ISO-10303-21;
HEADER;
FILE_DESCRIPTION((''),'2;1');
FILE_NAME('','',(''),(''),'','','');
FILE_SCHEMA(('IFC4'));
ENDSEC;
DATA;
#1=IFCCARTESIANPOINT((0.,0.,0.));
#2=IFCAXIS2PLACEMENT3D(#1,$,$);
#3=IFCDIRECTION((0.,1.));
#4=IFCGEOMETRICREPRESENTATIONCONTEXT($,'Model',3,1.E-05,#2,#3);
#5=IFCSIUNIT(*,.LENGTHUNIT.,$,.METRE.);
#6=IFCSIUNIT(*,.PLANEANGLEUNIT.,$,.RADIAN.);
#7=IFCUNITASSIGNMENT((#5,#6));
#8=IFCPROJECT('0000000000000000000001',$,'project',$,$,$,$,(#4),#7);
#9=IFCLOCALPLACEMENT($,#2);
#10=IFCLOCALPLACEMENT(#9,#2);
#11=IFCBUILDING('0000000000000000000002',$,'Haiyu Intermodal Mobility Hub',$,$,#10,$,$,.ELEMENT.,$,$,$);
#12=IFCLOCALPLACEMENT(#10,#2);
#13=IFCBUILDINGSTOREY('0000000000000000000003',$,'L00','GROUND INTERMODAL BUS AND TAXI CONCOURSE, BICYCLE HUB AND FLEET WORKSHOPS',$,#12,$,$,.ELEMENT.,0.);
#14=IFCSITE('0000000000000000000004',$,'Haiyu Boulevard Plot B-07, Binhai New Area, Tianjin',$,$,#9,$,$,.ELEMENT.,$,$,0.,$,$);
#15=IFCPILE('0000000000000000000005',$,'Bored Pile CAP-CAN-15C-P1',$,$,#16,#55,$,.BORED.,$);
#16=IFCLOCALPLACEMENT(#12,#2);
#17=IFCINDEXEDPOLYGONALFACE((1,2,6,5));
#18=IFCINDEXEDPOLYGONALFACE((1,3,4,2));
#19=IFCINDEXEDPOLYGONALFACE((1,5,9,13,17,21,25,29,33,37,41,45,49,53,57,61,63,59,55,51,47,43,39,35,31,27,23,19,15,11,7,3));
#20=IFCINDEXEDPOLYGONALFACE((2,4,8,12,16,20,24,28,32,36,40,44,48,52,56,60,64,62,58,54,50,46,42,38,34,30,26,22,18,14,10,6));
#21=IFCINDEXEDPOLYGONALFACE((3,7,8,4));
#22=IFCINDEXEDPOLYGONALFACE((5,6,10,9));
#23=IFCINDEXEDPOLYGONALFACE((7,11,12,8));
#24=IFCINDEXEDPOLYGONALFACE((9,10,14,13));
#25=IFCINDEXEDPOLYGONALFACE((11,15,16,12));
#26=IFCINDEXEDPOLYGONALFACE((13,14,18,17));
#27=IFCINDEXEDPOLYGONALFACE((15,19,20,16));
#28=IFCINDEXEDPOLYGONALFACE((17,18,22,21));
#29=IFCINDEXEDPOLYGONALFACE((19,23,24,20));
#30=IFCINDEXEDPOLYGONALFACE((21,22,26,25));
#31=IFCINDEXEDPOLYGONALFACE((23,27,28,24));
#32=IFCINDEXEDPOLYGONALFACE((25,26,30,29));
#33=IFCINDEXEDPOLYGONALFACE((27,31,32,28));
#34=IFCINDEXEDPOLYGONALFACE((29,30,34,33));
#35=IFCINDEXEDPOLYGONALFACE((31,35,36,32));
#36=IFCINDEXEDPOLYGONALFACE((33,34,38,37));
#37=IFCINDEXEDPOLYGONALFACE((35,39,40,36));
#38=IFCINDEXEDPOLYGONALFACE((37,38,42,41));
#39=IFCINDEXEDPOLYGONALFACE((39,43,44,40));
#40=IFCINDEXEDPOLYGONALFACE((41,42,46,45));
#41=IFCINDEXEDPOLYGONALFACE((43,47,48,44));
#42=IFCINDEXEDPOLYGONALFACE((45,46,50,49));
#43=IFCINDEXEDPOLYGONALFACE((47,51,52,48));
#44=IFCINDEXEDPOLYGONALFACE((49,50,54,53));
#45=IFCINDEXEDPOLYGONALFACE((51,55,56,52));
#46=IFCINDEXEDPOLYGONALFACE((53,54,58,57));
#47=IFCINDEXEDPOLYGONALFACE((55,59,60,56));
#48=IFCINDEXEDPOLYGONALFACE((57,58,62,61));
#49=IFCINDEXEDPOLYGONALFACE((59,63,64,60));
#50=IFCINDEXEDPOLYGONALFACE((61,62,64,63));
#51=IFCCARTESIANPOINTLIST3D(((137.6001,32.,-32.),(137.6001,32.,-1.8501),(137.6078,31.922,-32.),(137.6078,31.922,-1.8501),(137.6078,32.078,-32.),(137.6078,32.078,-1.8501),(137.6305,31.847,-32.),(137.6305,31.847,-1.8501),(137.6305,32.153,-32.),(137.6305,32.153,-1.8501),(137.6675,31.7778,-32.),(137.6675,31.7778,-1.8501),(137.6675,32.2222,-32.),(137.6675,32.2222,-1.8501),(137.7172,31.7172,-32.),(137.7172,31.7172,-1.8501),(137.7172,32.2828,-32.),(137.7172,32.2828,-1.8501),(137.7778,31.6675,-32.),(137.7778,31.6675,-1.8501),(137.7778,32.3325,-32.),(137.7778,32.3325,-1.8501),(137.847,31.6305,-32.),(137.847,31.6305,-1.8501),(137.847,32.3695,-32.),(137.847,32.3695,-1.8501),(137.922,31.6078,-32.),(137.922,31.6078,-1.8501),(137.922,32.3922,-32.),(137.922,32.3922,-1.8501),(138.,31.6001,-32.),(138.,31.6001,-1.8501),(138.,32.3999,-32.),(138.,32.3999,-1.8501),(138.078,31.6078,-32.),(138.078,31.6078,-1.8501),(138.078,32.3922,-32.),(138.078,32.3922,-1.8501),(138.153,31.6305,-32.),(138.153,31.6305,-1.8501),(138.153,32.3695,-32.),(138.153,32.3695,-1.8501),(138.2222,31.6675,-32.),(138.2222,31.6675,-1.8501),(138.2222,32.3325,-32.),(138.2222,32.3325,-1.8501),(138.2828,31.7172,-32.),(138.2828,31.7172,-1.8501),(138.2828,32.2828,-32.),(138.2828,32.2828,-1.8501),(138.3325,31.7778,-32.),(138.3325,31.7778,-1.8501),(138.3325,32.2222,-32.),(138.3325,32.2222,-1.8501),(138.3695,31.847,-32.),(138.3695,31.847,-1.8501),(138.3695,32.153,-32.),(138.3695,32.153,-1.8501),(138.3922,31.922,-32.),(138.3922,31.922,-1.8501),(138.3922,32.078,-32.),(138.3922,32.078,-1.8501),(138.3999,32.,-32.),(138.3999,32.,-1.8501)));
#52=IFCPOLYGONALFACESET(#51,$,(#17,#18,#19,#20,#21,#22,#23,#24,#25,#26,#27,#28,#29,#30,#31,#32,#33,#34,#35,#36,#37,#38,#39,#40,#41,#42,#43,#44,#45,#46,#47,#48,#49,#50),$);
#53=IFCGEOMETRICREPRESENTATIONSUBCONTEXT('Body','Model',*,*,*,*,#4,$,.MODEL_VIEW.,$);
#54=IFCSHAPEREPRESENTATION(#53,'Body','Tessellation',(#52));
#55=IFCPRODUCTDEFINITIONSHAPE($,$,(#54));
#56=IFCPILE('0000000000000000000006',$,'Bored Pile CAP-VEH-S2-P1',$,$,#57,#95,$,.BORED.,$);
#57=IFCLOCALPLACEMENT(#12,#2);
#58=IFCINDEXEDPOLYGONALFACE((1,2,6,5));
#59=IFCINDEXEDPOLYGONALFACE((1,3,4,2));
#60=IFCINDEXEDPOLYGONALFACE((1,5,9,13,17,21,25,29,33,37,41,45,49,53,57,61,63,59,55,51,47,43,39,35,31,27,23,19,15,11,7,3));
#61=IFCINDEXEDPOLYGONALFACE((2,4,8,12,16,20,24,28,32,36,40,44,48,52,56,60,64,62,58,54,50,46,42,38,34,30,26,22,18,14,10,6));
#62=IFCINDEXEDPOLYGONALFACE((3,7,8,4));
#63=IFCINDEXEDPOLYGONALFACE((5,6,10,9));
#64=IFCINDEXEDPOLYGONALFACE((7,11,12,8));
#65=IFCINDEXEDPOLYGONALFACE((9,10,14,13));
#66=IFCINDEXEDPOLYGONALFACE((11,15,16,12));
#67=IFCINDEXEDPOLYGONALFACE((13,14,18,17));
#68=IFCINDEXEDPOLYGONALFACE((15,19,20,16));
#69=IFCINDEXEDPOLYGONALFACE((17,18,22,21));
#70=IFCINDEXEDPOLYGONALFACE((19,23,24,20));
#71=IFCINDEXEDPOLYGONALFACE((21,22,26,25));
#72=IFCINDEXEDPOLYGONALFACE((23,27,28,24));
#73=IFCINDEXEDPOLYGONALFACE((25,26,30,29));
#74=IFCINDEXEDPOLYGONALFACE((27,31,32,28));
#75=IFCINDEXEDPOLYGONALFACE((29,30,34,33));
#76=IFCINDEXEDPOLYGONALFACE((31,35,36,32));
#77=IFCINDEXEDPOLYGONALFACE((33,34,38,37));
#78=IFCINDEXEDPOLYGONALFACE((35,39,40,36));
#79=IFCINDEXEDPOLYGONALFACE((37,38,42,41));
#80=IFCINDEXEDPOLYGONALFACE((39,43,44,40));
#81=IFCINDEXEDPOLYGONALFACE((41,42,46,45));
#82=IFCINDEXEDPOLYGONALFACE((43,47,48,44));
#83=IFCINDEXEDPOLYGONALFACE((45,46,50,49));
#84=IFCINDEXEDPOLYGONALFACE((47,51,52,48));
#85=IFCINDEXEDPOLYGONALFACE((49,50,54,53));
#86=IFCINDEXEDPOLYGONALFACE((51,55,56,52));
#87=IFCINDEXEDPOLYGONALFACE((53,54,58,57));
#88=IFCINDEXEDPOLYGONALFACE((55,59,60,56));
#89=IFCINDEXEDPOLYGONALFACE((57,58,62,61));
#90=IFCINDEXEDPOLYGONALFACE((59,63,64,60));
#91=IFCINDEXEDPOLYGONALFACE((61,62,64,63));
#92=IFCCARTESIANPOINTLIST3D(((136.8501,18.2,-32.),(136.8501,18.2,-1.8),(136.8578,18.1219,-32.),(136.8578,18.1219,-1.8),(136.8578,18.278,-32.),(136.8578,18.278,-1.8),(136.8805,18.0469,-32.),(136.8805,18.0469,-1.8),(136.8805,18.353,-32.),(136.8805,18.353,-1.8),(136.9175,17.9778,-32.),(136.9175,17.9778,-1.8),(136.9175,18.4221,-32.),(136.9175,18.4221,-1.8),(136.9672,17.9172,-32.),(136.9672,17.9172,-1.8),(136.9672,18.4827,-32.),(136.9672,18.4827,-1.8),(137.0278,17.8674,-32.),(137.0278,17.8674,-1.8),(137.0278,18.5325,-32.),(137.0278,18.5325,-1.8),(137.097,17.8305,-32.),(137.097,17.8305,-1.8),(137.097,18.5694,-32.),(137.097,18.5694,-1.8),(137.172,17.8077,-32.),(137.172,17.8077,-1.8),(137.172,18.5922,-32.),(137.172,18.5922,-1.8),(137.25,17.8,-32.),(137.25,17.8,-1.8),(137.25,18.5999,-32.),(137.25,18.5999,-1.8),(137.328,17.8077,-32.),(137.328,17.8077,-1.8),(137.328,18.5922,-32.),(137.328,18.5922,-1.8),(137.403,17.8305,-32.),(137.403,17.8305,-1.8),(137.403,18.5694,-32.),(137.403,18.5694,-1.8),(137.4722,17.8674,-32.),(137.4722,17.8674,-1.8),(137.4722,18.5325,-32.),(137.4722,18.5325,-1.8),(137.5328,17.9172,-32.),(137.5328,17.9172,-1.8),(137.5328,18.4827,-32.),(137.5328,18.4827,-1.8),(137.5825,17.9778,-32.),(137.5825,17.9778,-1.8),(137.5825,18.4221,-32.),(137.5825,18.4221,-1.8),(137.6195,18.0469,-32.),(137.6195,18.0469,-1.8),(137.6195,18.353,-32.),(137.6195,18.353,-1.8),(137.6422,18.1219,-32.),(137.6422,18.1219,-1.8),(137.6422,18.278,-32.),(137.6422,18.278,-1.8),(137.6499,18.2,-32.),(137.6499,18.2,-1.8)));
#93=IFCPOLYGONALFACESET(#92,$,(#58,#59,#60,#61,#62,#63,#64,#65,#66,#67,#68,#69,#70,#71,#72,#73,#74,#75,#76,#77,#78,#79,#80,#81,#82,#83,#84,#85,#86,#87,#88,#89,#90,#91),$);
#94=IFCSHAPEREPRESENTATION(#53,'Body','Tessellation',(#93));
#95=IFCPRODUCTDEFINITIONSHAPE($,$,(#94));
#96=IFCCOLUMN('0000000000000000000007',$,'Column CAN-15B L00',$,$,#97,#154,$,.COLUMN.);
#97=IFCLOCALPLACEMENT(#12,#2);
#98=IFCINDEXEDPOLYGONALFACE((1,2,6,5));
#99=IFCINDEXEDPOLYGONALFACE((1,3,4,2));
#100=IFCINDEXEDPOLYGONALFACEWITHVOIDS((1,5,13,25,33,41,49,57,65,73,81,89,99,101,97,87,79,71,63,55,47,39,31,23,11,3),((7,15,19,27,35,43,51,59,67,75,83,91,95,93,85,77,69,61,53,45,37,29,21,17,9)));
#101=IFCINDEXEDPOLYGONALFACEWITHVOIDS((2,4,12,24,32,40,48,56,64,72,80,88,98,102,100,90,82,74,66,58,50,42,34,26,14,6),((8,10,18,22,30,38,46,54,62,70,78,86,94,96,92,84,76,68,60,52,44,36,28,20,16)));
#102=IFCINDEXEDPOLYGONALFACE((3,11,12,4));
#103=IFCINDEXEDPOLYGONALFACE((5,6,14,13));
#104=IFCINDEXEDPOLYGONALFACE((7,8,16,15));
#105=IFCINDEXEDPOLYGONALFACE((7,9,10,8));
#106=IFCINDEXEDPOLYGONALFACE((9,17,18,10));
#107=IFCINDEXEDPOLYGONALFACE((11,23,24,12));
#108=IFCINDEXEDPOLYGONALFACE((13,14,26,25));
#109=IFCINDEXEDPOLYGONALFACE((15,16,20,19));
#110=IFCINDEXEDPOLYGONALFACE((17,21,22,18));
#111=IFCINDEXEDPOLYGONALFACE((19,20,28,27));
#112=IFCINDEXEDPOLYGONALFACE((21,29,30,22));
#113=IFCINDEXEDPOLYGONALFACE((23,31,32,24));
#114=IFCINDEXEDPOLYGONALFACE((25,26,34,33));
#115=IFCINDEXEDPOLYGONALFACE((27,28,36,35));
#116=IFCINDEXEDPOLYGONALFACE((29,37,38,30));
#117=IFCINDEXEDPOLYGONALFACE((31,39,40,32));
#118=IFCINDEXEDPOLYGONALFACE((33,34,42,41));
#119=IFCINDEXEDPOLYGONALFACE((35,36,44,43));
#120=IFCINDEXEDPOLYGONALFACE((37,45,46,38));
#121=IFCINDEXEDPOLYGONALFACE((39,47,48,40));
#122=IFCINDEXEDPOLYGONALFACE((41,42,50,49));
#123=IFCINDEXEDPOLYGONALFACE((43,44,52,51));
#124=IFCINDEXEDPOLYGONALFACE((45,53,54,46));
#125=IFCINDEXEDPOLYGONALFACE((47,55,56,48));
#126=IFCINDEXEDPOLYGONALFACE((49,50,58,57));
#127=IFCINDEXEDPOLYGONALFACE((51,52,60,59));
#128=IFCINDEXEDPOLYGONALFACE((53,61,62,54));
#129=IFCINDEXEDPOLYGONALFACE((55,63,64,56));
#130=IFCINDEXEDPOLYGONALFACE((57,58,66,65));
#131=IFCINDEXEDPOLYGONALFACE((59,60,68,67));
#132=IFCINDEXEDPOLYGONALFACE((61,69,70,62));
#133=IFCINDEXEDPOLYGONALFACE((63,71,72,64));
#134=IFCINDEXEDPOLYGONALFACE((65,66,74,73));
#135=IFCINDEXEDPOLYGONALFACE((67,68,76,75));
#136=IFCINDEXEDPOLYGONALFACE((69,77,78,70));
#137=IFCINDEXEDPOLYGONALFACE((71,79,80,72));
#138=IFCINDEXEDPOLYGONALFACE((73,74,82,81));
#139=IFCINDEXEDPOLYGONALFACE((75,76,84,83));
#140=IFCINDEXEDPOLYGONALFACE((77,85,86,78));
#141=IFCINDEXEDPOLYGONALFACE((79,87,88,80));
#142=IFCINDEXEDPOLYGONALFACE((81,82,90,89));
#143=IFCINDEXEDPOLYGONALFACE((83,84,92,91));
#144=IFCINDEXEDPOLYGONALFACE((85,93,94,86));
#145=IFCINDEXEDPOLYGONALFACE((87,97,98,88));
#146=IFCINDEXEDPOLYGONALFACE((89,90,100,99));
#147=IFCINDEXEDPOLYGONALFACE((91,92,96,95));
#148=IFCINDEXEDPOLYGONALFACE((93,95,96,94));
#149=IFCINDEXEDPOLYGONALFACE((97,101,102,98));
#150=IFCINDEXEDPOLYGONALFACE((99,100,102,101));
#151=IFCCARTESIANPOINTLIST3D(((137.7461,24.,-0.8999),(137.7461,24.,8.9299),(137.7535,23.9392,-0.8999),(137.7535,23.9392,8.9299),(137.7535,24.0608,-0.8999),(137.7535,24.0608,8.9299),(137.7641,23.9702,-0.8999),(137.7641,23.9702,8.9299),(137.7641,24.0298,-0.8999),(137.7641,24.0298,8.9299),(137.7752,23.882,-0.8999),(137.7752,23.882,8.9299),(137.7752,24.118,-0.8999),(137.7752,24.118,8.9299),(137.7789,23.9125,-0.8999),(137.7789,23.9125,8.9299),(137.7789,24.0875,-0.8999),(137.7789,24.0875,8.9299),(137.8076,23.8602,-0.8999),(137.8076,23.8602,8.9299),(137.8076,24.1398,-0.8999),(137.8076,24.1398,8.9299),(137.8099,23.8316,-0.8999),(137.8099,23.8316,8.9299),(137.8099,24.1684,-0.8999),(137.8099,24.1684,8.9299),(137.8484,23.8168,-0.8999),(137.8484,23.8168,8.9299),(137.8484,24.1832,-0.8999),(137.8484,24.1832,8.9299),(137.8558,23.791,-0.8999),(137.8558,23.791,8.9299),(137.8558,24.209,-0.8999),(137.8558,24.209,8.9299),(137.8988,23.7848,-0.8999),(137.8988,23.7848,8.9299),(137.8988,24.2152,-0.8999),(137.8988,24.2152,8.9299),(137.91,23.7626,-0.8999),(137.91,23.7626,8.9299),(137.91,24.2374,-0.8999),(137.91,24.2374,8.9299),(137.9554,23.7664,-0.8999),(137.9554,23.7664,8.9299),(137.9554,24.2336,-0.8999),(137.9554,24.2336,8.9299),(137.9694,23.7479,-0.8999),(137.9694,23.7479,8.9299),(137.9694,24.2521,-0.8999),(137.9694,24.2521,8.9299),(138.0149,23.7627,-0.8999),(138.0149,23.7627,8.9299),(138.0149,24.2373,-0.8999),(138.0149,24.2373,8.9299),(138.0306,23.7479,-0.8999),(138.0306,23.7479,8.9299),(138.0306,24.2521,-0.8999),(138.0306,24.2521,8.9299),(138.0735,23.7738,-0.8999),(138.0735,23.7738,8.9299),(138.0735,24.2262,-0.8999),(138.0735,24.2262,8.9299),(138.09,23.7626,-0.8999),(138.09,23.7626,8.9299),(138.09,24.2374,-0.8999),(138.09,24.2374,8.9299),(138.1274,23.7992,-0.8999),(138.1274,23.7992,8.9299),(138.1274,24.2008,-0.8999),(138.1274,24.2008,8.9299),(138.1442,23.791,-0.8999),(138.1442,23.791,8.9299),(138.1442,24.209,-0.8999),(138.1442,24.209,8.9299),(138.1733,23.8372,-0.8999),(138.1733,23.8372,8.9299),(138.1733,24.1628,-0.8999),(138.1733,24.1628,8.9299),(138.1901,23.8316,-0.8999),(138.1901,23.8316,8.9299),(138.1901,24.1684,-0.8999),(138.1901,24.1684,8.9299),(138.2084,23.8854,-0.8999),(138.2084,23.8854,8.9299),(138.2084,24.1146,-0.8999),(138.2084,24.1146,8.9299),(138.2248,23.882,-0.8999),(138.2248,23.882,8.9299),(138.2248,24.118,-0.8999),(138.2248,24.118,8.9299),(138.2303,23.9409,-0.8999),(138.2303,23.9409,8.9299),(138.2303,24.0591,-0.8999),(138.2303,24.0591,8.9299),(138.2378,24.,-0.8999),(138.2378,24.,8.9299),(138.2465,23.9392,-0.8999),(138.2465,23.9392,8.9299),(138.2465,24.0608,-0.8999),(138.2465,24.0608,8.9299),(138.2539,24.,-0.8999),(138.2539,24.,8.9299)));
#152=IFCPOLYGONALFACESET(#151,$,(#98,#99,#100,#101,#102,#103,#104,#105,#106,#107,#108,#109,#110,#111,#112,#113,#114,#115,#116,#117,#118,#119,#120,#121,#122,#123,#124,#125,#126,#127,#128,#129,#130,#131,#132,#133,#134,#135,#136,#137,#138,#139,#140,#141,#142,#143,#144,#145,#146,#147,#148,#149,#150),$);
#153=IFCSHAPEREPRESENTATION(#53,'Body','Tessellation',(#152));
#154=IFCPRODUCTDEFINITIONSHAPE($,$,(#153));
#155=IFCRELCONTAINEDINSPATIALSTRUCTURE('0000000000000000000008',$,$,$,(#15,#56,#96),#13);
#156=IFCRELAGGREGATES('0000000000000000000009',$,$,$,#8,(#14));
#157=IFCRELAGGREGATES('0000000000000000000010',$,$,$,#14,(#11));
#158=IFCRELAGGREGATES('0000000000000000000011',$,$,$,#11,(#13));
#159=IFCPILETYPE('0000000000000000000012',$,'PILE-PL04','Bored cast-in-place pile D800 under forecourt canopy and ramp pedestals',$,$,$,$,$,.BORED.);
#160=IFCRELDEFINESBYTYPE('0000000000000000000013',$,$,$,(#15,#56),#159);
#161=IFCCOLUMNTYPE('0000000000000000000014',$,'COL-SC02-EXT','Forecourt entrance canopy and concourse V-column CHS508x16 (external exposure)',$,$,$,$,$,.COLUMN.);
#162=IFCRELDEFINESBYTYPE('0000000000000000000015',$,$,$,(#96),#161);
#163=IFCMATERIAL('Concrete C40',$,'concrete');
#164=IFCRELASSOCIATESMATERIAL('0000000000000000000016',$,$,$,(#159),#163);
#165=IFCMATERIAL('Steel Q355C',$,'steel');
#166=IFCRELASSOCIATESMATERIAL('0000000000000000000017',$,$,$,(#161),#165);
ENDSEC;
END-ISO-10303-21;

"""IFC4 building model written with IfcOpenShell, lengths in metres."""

from ifc_helpers import new_model, si_unit, direction, frame, origin, origin_2d, place, context, subcontext, project, spatial, circle, hollow_circle, extrude, material, material_profile, profile_set, type_object, element, save


model = new_model("IFC4")

# Units and contexts
model_context = context("Model", 3, precision=1e-05, world=origin(), true_north=direction((0.0, 1.0)))
body_context = subcontext(model_context, "Body", "Model", "MODEL_VIEW")
ifc_project = project(units=[si_unit("LENGTHUNIT", "METRE"), si_unit("PLANEANGLEUNIT", "RADIAN")], contexts=[model_context])

# Site, building, storey
site_placement = place(None, origin())
site = spatial("IfcSite", under=ifc_project, at=site_placement, Name="Haiyu Boulevard Plot B-07, Binhai New Area, Tianjin", CompositionType="ELEMENT", RefElevation=0.0)
building_placement = place(site_placement, origin())
building = spatial("IfcBuilding", under=site, at=building_placement, Name="Haiyu Intermodal Mobility Hub", CompositionType="ELEMENT")
storey_placement = place(building_placement, origin())
storey = spatial("IfcBuildingStorey", under=building, at=storey_placement, Name="L00", Description="GROUND INTERMODAL BUS AND TAXI CONCOURSE, BICYCLE HUB AND FLEET WORKSHOPS", CompositionType="ELEMENT", Elevation=0.0)

# Shared definitions
ifc_material_1 = material(Name="Concrete C40", Category="concrete")

# Piles
ifc_material_profile_1 = material_profile(ifc_material_1, circle(Radius=0.3999, at=origin_2d()), Name="PILE-D800")
ifc_profile_set_1 = profile_set([ifc_material_profile_1], Name="Concrete C40")
pile_type_1 = type_object("IfcPileType", Name="PILE-PL04", Description="Bored cast-in-place pile D800 under forecourt canopy and ramp pedestals", PredefinedType="BORED", material=ifc_profile_set_1)
for number, where, z_axis, x_axis, name in (
    (1, (138.0, 32.0, -1.8501), (0.0, 0.0, -1.0), (1.0, 0.0, 0.0), "Bored Pile CAP-CAN-15C-P1"),
):
    element("IfcPile", number, at=place(storey_placement, frame(where, z_axis=z_axis, x_axis=x_axis)), inside=storey, type_object=pile_type_1, Name=name, PredefinedType="BORED", context=body_context, shape_type="SweptSolid", body=[
        extrude(circle(Radius=0.3999, at=origin_2d()), origin(), (0.0, 0.0, 1.0), 30.1499),
    ])
pile_1_placement = place(storey_placement, frame((137.25, 18.2, -1.8), z_axis=(0.0, 0.0, -1.0), x_axis=(1.0, 0.0, 0.0)))
element("IfcPile", 2, at=pile_1_placement, inside=storey, type_object=pile_type_1, Name="Bored Pile CAP-VEH-S2-P1", PredefinedType="BORED", context=body_context, shape_type="SweptSolid", body=[
    extrude(circle(Radius=0.3999, at=origin_2d()), origin(), (0.0, 0.0, 1.0), 30.2),
])

# Column
ifc_material_2 = material(Name="Steel Q355C", Category="steel")
ifc_material_profile_2 = material_profile(ifc_material_2, hollow_circle(Radius=0.2539, WallThickness=0.0161, at=origin_2d()), Name="CHS508x16")
ifc_profile_set_2 = profile_set([ifc_material_profile_2], Name="Steel Q355C")
column_type = type_object("IfcColumnType", Name="COL-SC02-EXT", Description="Forecourt entrance canopy and concourse V-column CHS508x16 (external exposure)", PredefinedType="COLUMN", material=ifc_profile_set_2)
column_1_placement = place(storey_placement, frame((138.0, 24.0, -0.8999), z_axis=(0.0, 0.0, 1.0), x_axis=(1.0, 0.0, 0.0)))
element("IfcColumn", 3, at=column_1_placement, inside=storey, type_object=column_type, Name="Column CAN-15B L00", PredefinedType="COLUMN", context=body_context, shape_type="SweptSolid", body=[
    extrude(hollow_circle(Radius=0.2539, WallThickness=0.0161, at=origin_2d()), origin(), (0.0, 0.0, 1.0), 9.8298),
])

save(model, "model.ifc")
